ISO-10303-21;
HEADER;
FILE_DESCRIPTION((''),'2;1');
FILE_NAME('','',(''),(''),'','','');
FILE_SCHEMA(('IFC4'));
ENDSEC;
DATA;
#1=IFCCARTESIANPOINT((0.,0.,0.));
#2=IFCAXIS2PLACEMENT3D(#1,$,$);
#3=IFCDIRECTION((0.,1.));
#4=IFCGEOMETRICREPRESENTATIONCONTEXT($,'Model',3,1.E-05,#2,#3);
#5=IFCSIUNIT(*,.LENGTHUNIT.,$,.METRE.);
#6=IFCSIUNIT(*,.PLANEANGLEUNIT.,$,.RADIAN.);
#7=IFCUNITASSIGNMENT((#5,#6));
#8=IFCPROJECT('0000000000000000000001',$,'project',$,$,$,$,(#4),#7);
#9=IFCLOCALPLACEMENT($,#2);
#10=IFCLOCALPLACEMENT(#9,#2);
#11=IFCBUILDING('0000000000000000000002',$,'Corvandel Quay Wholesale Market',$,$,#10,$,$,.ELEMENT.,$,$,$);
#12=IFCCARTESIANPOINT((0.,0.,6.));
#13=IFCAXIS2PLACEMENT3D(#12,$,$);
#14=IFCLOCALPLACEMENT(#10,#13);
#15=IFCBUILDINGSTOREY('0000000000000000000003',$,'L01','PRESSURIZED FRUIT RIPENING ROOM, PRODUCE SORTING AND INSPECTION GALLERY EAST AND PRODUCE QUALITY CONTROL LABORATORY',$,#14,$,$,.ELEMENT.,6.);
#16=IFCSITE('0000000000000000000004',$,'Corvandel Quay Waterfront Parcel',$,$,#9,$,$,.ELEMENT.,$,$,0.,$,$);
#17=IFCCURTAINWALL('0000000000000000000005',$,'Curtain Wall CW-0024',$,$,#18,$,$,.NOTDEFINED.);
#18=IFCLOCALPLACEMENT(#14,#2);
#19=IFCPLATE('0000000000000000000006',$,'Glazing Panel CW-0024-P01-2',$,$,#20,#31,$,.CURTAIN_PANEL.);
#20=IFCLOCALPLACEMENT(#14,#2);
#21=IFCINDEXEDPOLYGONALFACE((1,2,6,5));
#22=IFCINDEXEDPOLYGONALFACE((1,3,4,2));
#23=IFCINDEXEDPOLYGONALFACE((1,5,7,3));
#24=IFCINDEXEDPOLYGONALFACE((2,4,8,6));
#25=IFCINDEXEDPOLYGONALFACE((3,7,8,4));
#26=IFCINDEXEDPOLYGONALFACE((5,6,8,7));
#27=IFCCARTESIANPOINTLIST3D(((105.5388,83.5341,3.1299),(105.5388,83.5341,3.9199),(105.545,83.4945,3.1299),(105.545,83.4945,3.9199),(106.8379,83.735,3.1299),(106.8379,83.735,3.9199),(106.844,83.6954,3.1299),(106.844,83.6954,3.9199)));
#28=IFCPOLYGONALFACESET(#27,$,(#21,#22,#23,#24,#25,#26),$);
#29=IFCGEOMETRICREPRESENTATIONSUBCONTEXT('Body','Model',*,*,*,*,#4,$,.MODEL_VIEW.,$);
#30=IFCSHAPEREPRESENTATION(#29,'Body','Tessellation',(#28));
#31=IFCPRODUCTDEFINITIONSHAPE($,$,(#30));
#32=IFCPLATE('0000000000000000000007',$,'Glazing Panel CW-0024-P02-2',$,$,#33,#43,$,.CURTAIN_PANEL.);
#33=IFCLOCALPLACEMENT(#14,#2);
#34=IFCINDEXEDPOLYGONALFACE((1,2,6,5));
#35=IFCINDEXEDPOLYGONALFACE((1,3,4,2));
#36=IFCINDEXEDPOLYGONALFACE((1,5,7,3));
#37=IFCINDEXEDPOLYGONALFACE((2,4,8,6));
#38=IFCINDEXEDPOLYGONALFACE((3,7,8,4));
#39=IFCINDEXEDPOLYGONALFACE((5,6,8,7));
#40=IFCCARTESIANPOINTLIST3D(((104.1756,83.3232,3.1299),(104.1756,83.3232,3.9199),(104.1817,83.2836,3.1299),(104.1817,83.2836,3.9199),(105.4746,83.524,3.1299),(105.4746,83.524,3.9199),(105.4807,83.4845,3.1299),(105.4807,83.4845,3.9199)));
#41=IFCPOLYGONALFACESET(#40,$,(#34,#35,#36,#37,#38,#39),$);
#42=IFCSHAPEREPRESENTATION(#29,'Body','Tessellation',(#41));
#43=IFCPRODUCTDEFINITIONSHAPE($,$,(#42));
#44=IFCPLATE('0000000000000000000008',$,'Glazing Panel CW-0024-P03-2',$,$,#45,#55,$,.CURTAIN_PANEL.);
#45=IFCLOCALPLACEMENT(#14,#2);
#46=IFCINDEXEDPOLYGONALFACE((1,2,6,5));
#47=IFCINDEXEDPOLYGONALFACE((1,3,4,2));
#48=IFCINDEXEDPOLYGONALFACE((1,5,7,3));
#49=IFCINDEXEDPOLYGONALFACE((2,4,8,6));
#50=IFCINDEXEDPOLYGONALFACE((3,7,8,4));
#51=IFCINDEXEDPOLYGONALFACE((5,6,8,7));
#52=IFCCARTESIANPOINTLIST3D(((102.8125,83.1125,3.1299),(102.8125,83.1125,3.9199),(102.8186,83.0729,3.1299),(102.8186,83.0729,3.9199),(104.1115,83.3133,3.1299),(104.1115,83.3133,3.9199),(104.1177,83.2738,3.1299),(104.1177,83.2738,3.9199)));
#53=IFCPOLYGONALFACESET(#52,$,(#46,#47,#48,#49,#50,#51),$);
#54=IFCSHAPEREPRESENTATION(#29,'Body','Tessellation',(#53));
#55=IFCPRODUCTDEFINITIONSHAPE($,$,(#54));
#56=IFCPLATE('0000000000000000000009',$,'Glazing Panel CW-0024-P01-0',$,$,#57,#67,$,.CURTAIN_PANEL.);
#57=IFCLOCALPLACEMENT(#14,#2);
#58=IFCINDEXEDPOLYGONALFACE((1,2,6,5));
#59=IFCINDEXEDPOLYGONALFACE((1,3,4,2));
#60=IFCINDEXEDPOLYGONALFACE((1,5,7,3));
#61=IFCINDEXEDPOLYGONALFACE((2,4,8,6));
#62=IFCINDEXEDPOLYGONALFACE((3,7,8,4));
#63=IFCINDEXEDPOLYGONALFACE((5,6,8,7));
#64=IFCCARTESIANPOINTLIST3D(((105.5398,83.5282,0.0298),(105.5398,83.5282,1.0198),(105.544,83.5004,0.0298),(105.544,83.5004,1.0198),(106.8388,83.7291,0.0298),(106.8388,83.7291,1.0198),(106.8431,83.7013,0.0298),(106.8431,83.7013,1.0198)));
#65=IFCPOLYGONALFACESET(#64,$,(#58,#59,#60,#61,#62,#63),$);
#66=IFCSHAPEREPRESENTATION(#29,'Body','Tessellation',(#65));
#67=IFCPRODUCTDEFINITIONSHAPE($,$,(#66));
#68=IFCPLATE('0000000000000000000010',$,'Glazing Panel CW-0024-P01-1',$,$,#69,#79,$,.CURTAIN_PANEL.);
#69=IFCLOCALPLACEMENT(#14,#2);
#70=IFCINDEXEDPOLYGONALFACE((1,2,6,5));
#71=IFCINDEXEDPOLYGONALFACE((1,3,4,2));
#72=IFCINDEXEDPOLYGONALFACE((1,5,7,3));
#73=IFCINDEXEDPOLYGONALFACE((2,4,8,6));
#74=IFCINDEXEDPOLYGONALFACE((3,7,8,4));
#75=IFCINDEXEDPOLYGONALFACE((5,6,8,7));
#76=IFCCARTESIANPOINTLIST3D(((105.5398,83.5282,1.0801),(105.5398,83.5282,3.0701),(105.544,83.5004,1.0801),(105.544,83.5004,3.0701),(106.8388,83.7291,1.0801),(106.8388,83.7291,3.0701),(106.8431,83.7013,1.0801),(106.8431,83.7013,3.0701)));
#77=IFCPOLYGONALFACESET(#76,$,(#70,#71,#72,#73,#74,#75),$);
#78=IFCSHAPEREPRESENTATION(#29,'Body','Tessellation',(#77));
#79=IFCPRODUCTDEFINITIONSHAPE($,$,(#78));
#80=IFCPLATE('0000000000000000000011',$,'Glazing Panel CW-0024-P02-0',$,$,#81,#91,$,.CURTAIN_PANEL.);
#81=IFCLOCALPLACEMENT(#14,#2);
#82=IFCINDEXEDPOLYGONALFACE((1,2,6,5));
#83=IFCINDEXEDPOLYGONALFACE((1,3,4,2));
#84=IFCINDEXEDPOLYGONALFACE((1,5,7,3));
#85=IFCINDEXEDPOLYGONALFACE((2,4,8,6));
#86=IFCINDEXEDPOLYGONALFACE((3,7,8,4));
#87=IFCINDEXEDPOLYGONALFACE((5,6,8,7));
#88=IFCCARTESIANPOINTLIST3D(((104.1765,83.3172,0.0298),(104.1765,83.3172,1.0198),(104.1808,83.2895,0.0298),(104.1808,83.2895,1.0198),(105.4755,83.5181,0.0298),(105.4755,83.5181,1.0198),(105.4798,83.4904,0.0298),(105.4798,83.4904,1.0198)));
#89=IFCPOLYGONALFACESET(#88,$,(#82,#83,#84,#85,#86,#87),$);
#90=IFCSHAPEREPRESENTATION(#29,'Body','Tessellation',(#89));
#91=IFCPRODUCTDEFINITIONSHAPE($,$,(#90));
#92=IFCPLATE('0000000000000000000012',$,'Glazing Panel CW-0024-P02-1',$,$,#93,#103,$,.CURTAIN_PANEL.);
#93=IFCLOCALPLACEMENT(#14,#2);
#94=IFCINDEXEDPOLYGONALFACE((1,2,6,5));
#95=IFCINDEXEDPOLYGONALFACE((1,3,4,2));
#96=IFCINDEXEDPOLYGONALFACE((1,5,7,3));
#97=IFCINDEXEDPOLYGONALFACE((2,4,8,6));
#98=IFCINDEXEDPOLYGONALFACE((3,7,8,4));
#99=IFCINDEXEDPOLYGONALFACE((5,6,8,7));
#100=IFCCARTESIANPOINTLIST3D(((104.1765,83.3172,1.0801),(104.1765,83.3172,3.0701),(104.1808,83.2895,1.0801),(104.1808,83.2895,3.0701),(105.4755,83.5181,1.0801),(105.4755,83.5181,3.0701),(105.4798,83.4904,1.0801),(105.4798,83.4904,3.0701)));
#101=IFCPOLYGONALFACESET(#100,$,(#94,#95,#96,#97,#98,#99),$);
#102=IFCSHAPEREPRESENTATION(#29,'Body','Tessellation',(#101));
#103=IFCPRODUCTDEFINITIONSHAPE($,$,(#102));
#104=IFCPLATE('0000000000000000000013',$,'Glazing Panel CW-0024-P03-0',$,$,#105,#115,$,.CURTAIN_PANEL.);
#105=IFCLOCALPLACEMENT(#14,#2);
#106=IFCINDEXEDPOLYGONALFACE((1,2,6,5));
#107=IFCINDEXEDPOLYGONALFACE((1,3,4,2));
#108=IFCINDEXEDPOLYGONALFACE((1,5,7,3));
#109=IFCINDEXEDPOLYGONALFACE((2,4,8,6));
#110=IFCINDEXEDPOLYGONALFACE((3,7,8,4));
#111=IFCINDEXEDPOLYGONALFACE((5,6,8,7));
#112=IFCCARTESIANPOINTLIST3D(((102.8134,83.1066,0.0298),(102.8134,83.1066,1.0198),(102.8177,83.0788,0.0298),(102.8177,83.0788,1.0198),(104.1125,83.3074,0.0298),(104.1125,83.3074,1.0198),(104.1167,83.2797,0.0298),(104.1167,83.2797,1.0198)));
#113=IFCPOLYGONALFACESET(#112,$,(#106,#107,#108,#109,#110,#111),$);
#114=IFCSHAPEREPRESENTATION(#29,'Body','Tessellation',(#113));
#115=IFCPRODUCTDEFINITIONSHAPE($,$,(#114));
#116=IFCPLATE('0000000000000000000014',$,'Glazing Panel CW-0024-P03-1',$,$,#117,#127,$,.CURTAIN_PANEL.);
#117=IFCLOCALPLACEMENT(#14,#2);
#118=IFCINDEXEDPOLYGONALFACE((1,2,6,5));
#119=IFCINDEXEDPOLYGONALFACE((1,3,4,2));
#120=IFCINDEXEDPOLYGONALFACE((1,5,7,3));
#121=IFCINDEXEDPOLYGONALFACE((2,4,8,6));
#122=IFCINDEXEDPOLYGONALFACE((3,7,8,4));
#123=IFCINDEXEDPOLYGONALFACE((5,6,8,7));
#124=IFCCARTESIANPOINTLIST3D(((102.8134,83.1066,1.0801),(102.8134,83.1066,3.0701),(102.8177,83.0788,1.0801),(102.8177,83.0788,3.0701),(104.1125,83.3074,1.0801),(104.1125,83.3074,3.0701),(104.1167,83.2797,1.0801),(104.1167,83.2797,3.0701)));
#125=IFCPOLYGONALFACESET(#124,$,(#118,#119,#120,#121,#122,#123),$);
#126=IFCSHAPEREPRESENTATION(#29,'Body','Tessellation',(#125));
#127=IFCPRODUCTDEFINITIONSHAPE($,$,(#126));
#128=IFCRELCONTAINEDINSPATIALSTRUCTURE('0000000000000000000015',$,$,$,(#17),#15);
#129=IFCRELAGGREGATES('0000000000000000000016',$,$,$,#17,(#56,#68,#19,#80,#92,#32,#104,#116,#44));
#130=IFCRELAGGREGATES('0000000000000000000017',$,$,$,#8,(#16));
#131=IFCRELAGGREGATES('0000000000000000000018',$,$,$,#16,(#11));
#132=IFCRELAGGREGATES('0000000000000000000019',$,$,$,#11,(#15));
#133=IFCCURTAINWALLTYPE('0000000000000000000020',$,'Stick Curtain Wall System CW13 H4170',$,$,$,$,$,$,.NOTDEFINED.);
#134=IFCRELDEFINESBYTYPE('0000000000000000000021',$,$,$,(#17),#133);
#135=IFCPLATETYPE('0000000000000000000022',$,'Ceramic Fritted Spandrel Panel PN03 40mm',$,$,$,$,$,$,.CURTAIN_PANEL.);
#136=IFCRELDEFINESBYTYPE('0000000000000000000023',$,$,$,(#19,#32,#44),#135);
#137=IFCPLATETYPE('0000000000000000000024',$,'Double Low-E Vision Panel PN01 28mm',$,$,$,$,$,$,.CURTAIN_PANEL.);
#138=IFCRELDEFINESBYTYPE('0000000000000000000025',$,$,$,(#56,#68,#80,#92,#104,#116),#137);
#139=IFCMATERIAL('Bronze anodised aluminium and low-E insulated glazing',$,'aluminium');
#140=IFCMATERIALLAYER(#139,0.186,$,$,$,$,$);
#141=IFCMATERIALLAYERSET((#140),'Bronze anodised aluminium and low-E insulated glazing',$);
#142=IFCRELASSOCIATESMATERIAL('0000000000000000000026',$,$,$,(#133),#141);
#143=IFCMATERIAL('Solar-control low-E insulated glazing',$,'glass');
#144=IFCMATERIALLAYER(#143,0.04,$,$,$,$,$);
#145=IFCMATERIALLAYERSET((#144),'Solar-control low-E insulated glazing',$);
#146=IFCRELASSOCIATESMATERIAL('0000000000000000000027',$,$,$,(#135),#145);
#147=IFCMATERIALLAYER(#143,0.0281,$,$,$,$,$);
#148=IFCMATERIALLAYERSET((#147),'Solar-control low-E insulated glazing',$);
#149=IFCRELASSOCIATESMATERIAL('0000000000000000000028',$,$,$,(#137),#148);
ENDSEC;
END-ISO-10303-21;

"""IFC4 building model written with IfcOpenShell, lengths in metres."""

from ifc_helpers import new_model, si_unit, direction, frame, origin, origin_2d, place, context, subcontext, project, spatial, rectangle, extrude, material, layer, layer_set, type_object, element, aggregate, save


model = new_model("IFC4")

# Units and contexts
model_context = context("Model", 3, precision=1e-05, world=origin(), true_north=direction((0.0, 1.0)))
body_context = subcontext(model_context, "Body", "Model", "MODEL_VIEW")
ifc_project = project(units=[si_unit("LENGTHUNIT", "METRE"), si_unit("PLANEANGLEUNIT", "RADIAN")], contexts=[model_context])

# Site, building, storey
site_placement = place(None, origin())
site = spatial("IfcSite", under=ifc_project, at=site_placement, Name="Corvandel Quay Waterfront Parcel", CompositionType="ELEMENT", RefElevation=0.0)
building_placement = place(site_placement, origin())
building = spatial("IfcBuilding", under=site, at=building_placement, Name="Corvandel Quay Wholesale Market", CompositionType="ELEMENT")
storey_placement = place(building_placement, frame((0.0, 0.0, 6.0)))
storey = spatial("IfcBuildingStorey", under=building, at=storey_placement, Name="L01", Description="PRESSURIZED FRUIT RIPENING ROOM, PRODUCE SORTING AND INSPECTION GALLERY EAST AND PRODUCE QUALITY CONTROL LABORATORY", CompositionType="ELEMENT", Elevation=6.0)

# Curtain wall, plates
ifc_material_1 = material(Name="Bronze anodised aluminium and low-E insulated glazing", Category="aluminium")
ifc_layer_1 = layer(ifc_material_1, 0.186)
ifc_layer_set_1 = layer_set([ifc_layer_1], Name="Bronze anodised aluminium and low-E insulated glazing")
curtain_wall_type = type_object("IfcCurtainWallType", Name="Stick Curtain Wall System CW13 H4170", PredefinedType="NOTDEFINED", material=ifc_layer_set_1)
curtain_wall_placement = place(storey_placement, origin())
curtain_wall = element("IfcCurtainWall", 1, at=curtain_wall_placement, inside=storey, type_object=curtain_wall_type, Name="Curtain Wall CW-0024", PredefinedType="NOTDEFINED")
ifc_material_2 = material(Name="Solar-control low-E insulated glazing", Category="glass")
ifc_layer_2 = layer(ifc_material_2, 0.04)
ifc_layer_set_2 = layer_set([ifc_layer_2], Name="Solar-control low-E insulated glazing")
plate_type_1 = type_object("IfcPlateType", Name="Ceramic Fritted Spandrel Panel PN03 40mm", PredefinedType="CURTAIN_PANEL", material=ifc_layer_set_2)
plate_1_placement = place(storey_placement, frame((106.1914, 83.6147, 3.1299), z_axis=(0.0, 0.0, 1.0), x_axis=(0.988255, 0.152813, 0.0)))
plate_1 = element("IfcPlate", 2, at=plate_1_placement, type_object=plate_type_1, Name="Glazing Panel CW-0024-P01-2", PredefinedType="CURTAIN_PANEL", context=body_context, shape_type="SweptSolid", body=[
    extrude(rectangle(XDim=1.3145, YDim=0.04, at=origin_2d()), origin(), (0.0, 0.0, 1.0), 0.79),
])
plate_2_placement = place(storey_placement, frame((104.8281, 83.4038, 3.1299), z_axis=(0.0, 0.0, 1.0), x_axis=(0.988255, 0.152813, 0.0)))
plate_2 = element("IfcPlate", 3, at=plate_2_placement, type_object=plate_type_1, Name="Glazing Panel CW-0024-P02-2", PredefinedType="CURTAIN_PANEL", context=body_context, shape_type="SweptSolid", body=[
    extrude(rectangle(XDim=1.3145, YDim=0.04, at=origin_2d()), origin(), (0.0, 0.0, 1.0), 0.79),
])
plate_3_placement = place(storey_placement, frame((103.4651, 83.1931, 3.1299), z_axis=(0.0, 0.0, 1.0), x_axis=(0.988255, 0.152813, 0.0)))
plate_3 = element("IfcPlate", 4, at=plate_3_placement, type_object=plate_type_1, Name="Glazing Panel CW-0024-P03-2", PredefinedType="CURTAIN_PANEL", context=body_context, shape_type="SweptSolid", body=[
    extrude(rectangle(XDim=1.3145, YDim=0.04, at=origin_2d()), origin(), (0.0, 0.0, 1.0), 0.79),
])
ifc_layer_3 = layer(ifc_material_2, 0.0281)
ifc_layer_set_3 = layer_set([ifc_layer_3], Name="Solar-control low-E insulated glazing")
plate_type_2 = type_object("IfcPlateType", Name="Double Low-E Vision Panel PN01 28mm", PredefinedType="CURTAIN_PANEL", material=ifc_layer_set_3)
plate_4_placement = place(storey_placement, frame((106.1914, 83.6147, 0.0298), z_axis=(0.0, 0.0, 1.0), x_axis=(0.988255, 0.152813, 0.0)))
plate_4 = element("IfcPlate", 5, at=plate_4_placement, type_object=plate_type_2, Name="Glazing Panel CW-0024-P01-0", PredefinedType="CURTAIN_PANEL", context=body_context, shape_type="SweptSolid", body=[
    extrude(rectangle(XDim=1.3145, YDim=0.0281, at=origin_2d()), origin(), (0.0, 0.0, 1.0), 0.99),
])
plate_5_placement = place(storey_placement, frame((106.1914, 83.6147, 1.0801), z_axis=(0.0, 0.0, 1.0), x_axis=(0.988255, 0.152813, 0.0)))
plate_5 = element("IfcPlate", 6, at=plate_5_placement, type_object=plate_type_2, Name="Glazing Panel CW-0024-P01-1", PredefinedType="CURTAIN_PANEL", context=body_context, shape_type="SweptSolid", body=[
    extrude(rectangle(XDim=1.3145, YDim=0.0281, at=origin_2d()), origin(), (0.0, 0.0, 1.0), 1.99),
])
plate_6_placement = place(storey_placement, frame((104.8281, 83.4038, 0.0298), z_axis=(0.0, 0.0, 1.0), x_axis=(0.988255, 0.152813, 0.0)))
plate_6 = element("IfcPlate", 7, at=plate_6_placement, type_object=plate_type_2, Name="Glazing Panel CW-0024-P02-0", PredefinedType="CURTAIN_PANEL", context=body_context, shape_type="SweptSolid", body=[
    extrude(rectangle(XDim=1.3145, YDim=0.0281, at=origin_2d()), origin(), (0.0, 0.0, 1.0), 0.99),
])
plate_7_placement = place(storey_placement, frame((104.8281, 83.4038, 1.0801), z_axis=(0.0, 0.0, 1.0), x_axis=(0.988255, 0.152813, 0.0)))
plate_7 = element("IfcPlate", 8, at=plate_7_placement, type_object=plate_type_2, Name="Glazing Panel CW-0024-P02-1", PredefinedType="CURTAIN_PANEL", context=body_context, shape_type="SweptSolid", body=[
    extrude(rectangle(XDim=1.3145, YDim=0.0281, at=origin_2d()), origin(), (0.0, 0.0, 1.0), 1.99),
])
plate_8_placement = place(storey_placement, frame((103.4651, 83.1931, 0.0298), z_axis=(0.0, 0.0, 1.0), x_axis=(0.988255, 0.152813, 0.0)))
plate_8 = element("IfcPlate", 9, at=plate_8_placement, type_object=plate_type_2, Name="Glazing Panel CW-0024-P03-0", PredefinedType="CURTAIN_PANEL", context=body_context, shape_type="SweptSolid", body=[
    extrude(rectangle(XDim=1.3145, YDim=0.0281, at=origin_2d()), origin(), (0.0, 0.0, 1.0), 0.99),
])
plate_9_placement = place(storey_placement, frame((103.4651, 83.1931, 1.0801), z_axis=(0.0, 0.0, 1.0), x_axis=(0.988255, 0.152813, 0.0)))
plate_9 = element("IfcPlate", 10, at=plate_9_placement, type_object=plate_type_2, Name="Glazing Panel CW-0024-P03-1", PredefinedType="CURTAIN_PANEL", context=body_context, shape_type="SweptSolid", body=[
    extrude(rectangle(XDim=1.3145, YDim=0.0281, at=origin_2d()), origin(), (0.0, 0.0, 1.0), 1.99),
])
aggregate(curtain_wall, [plate_4, plate_5, plate_1, plate_6, plate_7, plate_2, plate_8, plate_9, plate_3])

save(model, "model.ifc")
